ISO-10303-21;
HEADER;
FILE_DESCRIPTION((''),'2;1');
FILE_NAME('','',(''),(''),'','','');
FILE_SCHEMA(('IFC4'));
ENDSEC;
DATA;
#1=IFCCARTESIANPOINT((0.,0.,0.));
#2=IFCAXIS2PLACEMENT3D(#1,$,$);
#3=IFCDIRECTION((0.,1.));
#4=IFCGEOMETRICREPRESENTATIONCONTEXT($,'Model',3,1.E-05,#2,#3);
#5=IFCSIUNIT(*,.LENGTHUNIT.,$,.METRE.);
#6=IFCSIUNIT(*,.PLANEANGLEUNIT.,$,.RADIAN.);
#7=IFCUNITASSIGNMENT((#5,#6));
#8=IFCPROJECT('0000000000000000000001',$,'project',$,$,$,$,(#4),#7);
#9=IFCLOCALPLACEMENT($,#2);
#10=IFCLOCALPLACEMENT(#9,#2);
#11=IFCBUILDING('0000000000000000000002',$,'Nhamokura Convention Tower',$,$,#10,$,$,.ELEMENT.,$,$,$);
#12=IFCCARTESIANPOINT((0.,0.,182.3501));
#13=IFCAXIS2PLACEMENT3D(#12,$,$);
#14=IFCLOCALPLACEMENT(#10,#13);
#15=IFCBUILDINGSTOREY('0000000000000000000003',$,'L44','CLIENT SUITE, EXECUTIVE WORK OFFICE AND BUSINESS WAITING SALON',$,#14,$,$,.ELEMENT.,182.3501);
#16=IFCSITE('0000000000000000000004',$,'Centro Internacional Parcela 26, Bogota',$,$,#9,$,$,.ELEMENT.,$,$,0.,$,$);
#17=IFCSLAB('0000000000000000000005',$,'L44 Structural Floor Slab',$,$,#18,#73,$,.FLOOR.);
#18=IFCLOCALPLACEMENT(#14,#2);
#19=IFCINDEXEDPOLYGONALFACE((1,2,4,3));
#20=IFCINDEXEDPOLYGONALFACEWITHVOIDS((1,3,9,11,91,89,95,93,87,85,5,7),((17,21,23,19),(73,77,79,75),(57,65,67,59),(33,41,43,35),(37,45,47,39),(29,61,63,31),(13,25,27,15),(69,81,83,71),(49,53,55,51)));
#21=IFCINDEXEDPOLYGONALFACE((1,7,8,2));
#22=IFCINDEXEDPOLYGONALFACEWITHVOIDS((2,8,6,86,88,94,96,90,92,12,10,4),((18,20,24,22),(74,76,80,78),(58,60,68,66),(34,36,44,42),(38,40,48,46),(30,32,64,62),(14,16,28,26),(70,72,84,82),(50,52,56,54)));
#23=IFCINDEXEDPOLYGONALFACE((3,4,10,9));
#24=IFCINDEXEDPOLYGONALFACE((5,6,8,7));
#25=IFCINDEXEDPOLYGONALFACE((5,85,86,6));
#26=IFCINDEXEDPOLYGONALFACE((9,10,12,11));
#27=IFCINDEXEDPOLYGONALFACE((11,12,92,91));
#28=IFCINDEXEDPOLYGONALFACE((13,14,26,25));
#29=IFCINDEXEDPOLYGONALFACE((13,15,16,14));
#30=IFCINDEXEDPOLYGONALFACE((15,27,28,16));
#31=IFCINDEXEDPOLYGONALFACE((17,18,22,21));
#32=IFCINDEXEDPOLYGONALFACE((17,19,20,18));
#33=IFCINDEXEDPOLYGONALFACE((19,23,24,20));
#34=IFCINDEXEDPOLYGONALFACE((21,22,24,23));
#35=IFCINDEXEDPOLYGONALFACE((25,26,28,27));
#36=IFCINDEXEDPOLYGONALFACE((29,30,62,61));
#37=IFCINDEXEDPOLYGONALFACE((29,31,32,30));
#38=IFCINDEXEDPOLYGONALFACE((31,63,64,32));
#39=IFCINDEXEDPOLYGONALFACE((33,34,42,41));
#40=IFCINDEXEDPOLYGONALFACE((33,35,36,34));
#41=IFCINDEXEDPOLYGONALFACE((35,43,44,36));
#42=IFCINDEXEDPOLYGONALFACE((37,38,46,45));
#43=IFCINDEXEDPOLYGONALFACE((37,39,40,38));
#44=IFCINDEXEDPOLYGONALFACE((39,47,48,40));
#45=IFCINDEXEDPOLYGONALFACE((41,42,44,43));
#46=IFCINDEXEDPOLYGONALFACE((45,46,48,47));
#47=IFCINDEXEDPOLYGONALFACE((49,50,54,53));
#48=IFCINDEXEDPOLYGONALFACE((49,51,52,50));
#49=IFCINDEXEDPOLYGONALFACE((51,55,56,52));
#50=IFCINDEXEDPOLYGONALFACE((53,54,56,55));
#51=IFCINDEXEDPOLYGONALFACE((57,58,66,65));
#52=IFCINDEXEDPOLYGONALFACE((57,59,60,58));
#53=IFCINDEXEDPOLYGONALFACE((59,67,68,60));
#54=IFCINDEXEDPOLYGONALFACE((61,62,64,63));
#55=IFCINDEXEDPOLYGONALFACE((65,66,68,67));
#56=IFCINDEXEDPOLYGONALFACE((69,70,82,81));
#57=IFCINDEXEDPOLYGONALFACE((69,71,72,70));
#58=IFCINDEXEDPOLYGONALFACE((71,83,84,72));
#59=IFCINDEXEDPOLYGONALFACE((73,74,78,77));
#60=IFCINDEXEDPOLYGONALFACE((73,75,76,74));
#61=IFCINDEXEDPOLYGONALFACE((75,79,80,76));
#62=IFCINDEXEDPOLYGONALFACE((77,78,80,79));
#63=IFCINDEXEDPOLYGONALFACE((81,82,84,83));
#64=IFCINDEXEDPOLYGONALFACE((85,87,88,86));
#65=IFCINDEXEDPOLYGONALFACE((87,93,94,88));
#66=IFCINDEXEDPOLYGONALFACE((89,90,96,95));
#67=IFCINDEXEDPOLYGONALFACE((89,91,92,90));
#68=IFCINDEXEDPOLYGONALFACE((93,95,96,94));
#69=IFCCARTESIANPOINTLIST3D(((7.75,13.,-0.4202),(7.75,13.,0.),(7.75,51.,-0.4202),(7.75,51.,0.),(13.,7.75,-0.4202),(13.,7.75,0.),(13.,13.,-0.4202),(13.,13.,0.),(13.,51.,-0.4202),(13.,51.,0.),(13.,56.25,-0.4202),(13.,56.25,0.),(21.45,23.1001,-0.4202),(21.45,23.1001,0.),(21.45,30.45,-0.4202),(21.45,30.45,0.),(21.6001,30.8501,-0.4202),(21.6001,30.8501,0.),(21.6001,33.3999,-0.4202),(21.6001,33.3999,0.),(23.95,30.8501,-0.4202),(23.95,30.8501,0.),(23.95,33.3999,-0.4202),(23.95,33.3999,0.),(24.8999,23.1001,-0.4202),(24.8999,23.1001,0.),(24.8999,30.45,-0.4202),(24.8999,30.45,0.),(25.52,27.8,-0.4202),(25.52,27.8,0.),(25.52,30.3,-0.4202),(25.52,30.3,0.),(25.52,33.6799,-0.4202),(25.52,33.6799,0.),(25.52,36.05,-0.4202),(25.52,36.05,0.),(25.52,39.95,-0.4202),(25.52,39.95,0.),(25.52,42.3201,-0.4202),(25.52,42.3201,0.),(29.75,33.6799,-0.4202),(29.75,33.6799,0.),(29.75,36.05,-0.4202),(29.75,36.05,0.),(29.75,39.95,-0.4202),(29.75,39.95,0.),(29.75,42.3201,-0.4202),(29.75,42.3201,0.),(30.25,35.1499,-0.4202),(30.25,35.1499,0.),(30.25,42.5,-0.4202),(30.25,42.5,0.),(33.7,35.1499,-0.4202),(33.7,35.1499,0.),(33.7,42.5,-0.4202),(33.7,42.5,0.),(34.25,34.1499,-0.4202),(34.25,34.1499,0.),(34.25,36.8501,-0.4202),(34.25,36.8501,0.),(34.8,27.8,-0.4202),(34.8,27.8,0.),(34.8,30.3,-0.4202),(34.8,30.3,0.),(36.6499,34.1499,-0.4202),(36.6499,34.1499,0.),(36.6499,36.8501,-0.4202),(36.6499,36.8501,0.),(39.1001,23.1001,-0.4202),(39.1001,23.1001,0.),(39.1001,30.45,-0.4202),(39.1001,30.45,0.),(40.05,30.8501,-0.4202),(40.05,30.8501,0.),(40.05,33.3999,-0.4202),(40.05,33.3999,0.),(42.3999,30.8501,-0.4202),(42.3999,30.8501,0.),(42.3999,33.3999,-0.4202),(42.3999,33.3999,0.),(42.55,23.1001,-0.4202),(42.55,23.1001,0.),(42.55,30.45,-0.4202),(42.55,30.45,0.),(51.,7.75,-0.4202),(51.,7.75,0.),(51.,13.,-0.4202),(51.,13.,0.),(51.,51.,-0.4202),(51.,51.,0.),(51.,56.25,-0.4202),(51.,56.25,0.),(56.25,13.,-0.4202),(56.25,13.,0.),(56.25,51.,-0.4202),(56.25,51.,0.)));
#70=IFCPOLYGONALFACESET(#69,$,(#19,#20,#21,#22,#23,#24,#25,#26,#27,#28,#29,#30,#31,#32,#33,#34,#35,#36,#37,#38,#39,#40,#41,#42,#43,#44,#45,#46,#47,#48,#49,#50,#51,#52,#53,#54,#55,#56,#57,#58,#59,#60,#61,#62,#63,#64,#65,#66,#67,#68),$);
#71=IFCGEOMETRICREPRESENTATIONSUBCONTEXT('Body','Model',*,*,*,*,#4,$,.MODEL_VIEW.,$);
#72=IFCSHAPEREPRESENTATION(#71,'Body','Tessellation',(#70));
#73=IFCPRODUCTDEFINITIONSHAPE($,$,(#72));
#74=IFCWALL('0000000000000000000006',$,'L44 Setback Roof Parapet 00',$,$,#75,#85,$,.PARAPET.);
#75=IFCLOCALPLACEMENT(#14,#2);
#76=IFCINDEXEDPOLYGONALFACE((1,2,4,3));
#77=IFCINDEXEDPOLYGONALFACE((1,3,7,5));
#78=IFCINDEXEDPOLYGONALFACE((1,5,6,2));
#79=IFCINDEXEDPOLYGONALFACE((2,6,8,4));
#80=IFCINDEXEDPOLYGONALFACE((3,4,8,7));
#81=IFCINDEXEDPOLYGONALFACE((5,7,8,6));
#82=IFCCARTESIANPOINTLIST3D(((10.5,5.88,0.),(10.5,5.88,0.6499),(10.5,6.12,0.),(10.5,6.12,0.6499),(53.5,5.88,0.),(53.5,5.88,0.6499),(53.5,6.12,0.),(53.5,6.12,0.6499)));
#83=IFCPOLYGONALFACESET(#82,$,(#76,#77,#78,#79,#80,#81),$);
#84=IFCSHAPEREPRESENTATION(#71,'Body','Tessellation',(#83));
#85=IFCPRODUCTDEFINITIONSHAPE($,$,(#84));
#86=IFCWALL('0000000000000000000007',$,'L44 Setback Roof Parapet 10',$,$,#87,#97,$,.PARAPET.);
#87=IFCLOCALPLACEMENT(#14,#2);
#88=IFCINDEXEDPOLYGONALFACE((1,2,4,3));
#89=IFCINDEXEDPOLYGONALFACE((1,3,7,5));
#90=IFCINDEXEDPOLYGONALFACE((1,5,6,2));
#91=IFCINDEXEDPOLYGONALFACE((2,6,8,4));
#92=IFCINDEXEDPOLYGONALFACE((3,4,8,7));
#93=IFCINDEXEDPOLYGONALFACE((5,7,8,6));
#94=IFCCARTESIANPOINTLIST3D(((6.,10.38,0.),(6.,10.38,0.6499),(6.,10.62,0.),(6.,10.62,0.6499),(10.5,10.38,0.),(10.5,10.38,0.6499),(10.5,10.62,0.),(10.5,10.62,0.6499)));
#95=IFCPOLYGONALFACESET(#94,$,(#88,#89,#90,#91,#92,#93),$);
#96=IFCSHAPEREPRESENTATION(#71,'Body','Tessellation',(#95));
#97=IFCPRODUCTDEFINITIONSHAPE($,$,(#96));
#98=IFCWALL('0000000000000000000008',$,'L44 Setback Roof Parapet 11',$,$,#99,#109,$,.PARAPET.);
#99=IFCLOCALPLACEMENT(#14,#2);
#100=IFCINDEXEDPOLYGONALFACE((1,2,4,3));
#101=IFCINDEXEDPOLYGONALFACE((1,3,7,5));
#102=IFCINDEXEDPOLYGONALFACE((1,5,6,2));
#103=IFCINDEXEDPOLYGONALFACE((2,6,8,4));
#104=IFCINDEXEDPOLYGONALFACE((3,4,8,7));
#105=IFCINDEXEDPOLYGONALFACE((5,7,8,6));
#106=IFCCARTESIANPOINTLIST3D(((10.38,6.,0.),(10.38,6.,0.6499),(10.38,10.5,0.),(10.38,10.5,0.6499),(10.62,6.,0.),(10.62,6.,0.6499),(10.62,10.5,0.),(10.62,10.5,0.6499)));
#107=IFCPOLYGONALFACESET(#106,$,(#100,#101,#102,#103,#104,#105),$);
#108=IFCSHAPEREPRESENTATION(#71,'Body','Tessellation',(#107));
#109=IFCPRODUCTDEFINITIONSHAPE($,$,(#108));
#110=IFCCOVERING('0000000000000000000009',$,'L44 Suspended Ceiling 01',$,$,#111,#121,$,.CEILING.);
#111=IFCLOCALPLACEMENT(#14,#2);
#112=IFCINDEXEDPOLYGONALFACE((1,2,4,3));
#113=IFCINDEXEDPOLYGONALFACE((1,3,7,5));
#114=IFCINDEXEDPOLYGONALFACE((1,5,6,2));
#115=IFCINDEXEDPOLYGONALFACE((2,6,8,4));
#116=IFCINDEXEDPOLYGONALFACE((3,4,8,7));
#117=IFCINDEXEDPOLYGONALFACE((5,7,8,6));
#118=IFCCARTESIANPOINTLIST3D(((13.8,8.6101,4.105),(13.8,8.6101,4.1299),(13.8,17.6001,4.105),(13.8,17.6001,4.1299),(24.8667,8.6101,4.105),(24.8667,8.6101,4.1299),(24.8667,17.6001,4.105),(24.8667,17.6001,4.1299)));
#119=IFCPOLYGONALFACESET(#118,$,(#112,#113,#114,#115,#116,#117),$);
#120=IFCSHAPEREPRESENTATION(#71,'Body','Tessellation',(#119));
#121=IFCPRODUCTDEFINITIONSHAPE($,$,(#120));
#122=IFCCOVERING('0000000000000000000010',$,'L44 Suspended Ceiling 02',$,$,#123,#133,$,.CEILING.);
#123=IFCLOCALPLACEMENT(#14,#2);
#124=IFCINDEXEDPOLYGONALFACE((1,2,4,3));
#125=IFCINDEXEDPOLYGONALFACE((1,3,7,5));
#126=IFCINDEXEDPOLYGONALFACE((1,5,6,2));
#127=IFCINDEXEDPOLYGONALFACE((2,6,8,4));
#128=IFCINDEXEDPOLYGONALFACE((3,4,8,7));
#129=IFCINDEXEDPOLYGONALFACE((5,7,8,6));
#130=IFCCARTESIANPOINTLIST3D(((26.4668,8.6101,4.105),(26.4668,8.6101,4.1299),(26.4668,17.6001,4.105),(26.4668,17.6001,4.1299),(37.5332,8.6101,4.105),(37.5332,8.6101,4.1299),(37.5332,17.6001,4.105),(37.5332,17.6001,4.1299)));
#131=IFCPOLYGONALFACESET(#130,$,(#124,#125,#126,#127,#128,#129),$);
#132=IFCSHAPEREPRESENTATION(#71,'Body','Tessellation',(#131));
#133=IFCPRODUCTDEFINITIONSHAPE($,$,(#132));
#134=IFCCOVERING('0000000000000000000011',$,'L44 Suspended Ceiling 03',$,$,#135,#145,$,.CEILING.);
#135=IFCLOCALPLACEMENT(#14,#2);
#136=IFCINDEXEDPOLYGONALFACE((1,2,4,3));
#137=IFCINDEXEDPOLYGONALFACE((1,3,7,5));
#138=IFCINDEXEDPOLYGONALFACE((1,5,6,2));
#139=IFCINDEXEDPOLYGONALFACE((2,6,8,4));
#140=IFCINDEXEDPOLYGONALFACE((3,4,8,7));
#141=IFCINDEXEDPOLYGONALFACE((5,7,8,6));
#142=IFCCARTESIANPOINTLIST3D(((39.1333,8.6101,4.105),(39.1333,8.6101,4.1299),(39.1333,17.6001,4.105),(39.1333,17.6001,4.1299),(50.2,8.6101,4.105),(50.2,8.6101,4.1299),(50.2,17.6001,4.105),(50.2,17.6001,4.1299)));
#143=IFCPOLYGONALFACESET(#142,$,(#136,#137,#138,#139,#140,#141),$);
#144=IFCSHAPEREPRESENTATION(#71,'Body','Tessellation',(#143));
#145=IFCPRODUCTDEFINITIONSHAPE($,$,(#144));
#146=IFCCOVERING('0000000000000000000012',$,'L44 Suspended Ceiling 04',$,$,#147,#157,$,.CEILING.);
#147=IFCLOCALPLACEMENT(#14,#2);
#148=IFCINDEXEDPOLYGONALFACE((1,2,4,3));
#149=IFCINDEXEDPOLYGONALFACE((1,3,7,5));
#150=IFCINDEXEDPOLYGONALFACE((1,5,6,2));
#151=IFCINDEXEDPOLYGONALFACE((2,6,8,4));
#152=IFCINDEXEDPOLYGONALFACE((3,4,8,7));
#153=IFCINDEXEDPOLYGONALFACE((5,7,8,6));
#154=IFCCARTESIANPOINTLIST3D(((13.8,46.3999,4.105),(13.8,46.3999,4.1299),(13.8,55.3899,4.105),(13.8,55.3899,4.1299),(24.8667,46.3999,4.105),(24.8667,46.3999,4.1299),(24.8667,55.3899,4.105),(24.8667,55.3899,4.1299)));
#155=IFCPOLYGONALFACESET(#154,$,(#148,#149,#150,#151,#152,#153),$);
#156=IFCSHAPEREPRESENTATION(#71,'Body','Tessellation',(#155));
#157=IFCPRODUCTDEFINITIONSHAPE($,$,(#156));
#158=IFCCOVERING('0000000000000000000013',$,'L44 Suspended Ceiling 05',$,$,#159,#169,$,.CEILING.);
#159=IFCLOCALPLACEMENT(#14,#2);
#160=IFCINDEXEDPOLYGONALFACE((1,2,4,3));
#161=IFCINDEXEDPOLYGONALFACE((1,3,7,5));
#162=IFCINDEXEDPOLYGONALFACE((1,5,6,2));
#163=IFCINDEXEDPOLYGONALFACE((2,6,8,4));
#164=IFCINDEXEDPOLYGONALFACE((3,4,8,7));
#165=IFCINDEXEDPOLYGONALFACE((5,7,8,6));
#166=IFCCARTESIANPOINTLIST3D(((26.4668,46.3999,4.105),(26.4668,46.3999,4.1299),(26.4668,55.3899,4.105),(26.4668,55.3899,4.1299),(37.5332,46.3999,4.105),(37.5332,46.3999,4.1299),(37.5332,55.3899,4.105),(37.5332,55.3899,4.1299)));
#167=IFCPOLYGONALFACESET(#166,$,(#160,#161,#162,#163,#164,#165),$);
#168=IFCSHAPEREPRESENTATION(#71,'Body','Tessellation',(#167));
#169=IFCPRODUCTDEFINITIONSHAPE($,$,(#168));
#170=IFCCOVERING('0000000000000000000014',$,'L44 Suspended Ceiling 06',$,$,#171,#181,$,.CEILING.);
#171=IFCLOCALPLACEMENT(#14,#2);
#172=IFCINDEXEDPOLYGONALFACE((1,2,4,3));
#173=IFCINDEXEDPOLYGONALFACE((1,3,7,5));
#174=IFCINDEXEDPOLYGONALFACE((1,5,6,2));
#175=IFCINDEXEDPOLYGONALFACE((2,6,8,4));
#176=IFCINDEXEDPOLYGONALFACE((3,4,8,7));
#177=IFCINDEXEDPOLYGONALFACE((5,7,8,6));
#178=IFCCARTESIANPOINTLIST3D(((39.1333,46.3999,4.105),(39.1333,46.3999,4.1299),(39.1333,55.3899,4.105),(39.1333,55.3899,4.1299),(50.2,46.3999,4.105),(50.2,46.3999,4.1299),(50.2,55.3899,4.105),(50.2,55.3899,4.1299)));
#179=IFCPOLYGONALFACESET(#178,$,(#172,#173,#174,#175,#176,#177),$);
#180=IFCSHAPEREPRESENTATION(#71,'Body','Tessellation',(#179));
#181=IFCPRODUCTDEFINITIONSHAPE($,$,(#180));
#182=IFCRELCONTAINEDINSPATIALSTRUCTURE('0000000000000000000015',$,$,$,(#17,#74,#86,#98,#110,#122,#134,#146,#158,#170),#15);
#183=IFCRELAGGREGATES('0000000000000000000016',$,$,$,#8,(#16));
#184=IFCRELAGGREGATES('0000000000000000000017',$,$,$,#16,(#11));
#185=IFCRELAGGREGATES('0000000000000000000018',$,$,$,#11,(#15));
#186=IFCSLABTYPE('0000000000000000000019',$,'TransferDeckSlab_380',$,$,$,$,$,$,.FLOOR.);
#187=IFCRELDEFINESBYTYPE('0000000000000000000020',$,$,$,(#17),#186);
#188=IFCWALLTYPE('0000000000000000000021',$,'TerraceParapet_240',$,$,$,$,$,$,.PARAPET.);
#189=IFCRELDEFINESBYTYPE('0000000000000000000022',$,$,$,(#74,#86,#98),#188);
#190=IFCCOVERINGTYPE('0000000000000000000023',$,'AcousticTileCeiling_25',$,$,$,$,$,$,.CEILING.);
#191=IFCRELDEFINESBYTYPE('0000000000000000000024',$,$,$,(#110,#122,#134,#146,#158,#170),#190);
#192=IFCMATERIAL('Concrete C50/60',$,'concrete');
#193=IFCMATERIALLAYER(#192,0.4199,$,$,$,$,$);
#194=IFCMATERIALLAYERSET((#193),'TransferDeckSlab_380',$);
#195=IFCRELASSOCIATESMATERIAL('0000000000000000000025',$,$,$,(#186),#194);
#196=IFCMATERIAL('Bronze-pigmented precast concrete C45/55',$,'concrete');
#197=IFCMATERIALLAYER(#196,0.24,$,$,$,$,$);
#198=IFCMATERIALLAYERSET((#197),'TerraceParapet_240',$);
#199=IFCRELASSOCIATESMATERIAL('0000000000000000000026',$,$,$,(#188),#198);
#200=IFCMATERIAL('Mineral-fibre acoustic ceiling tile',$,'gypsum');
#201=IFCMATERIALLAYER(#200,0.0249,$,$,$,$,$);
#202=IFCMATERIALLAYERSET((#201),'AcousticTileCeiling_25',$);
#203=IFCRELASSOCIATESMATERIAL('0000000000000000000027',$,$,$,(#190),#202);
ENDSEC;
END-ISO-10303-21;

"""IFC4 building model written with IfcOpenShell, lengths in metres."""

from ifc_helpers import new_model, si_unit, direction, frame, frame_2d, origin, place, context, subcontext, project, spatial, polyline, rectangle, outline, extrude, material, layer, layer_set, type_object, element, save


model = new_model("IFC4")

# Units and contexts
model_context = context("Model", 3, precision=1e-05, world=origin(), true_north=direction((0.0, 1.0)))
body_context = subcontext(model_context, "Body", "Model", "MODEL_VIEW")
ifc_project = project(units=[si_unit("LENGTHUNIT", "METRE"), si_unit("PLANEANGLEUNIT", "RADIAN")], contexts=[model_context])

# Site, building, storey
site_placement = place(None, origin())
site = spatial("IfcSite", under=ifc_project, at=site_placement, Name="Centro Internacional Parcela 26, Bogota", CompositionType="ELEMENT", RefElevation=0.0)
building_placement = place(site_placement, origin())
building = spatial("IfcBuilding", under=site, at=building_placement, Name="Nhamokura Convention Tower", CompositionType="ELEMENT")
storey_placement = place(building_placement, frame((0.0, 0.0, 182.3501)))
storey = spatial("IfcBuildingStorey", under=building, at=storey_placement, Name="L44", Description="CLIENT SUITE, EXECUTIVE WORK OFFICE AND BUSINESS WAITING SALON", CompositionType="ELEMENT", Elevation=182.3501)

# Slab
ifc_material_1 = material(Name="Concrete C50/60", Category="concrete")
ifc_layer_1 = layer(ifc_material_1, 0.4199)
ifc_layer_set_1 = layer_set([ifc_layer_1], Name="TransferDeckSlab_380")
slab_type_1 = type_object("IfcSlabType", Name="TransferDeckSlab_380", PredefinedType="FLOOR", material=ifc_layer_set_1)
slab_1_placement = place(storey_placement, frame((0.0, 0.0, -0.4202)))
element("IfcSlab", 1, at=slab_1_placement, inside=storey, type_object=slab_type_1, Name="L44 Structural Floor Slab", PredefinedType="FLOOR", context=body_context, shape_type="SweptSolid", body=[
    extrude(outline(polyline([(13.0, 7.75), (51.0, 7.75), (51.0, 13.0), (56.25, 13.0), (56.25, 51.0), (51.0, 51.0), (51.0, 56.25), (13.0, 56.25), (13.0, 51.0), (7.75, 51.0), (7.75, 13.0), (13.0, 13.0), (13.0, 7.75)]), holes=[polyline([(24.8999, 23.1001), (24.8999, 30.45), (21.45, 30.45), (21.45, 23.1001), (24.8999, 23.1001)]), polyline([(42.55, 23.1001), (42.55, 30.45), (39.1001, 30.45), (39.1001, 23.1001), (42.55, 23.1001)]), polyline([(33.7, 35.1499), (33.7, 42.5), (30.25, 42.5), (30.25, 35.1499), (33.7, 35.1499)]), polyline([(21.6001, 30.8501), (23.95, 30.8501), (23.95, 33.3999), (21.6001, 33.3999), (21.6001, 30.8501)]), polyline([(40.05, 30.8501), (42.3999, 30.8501), (42.3999, 33.3999), (40.05, 33.3999), (40.05, 30.8501)]), polyline([(34.25, 34.1499), (36.6499, 34.1499), (36.6499, 36.8501), (34.25, 36.8501), (34.25, 34.1499)]), polyline([(25.52, 27.8), (34.8, 27.8), (34.8, 30.3), (25.52, 30.3), (25.52, 27.8)]), polyline([(25.52, 33.6799), (29.75, 33.6799), (29.75, 36.05), (25.52, 36.05), (25.52, 33.6799)]), polyline([(25.52, 39.95), (29.75, 39.95), (29.75, 42.3201), (25.52, 42.3201), (25.52, 39.95)])]), origin(), (0.0, 0.0, 1.0), 0.4202),
])

# Walls
ifc_material_2 = material(Name="Bronze-pigmented precast concrete C45/55", Category="concrete")
ifc_layer_2 = layer(ifc_material_2, 0.24)
ifc_layer_set_2 = layer_set([ifc_layer_2], Name="TerraceParapet_240")
wall_type = type_object("IfcWallType", Name="TerraceParapet_240", PredefinedType="PARAPET", material=ifc_layer_set_2)
wall_placement = place(storey_placement, frame((10.5, 6.0, 0.0), z_axis=(0.0, 0.0, 1.0), x_axis=(1.0, 0.0, 0.0)))
element("IfcWall", 2, at=wall_placement, inside=storey, type_object=wall_type, Name="L44 Setback Roof Parapet 00", PredefinedType="PARAPET", context=body_context, shape_type="SweptSolid", body=[
    extrude(rectangle(XDim=43.0, YDim=0.24, at=frame_2d((21.5, 0.0))), origin(), (0.0, 0.0, 1.0), 0.6499),
])
for number, where, z_axis, x_axis, name in (
    (3, (6.0, 10.5, 0.0), (0.0, 0.0, 1.0), (1.0, 0.0, 0.0), "L44 Setback Roof Parapet 10"),
    (4, (10.5, 10.5, 0.0), (0.0, 0.0, 1.0), (0.0, -1.0, 0.0), "L44 Setback Roof Parapet 11"),
):
    element("IfcWall", number, at=place(storey_placement, frame(where, z_axis=z_axis, x_axis=x_axis)), inside=storey, type_object=wall_type, Name=name, PredefinedType="PARAPET", context=body_context, shape_type="SweptSolid", body=[
        extrude(rectangle(XDim=4.5, YDim=0.24, at=frame_2d((2.25, 0.0))), origin(), (0.0, 0.0, 1.0), 0.6499),
    ])

# Coverings
ifc_material_3 = material(Name="Mineral-fibre acoustic ceiling tile", Category="gypsum")
ifc_layer_3 = layer(ifc_material_3, 0.0249)
ifc_layer_set_3 = layer_set([ifc_layer_3], Name="AcousticTileCeiling_25")
covering_type_1 = type_object("IfcCoveringType", Name="AcousticTileCeiling_25", PredefinedType="CEILING", material=ifc_layer_set_3)
covering_1_placement = place(storey_placement, frame((0.0, 0.0, 4.105)))
element("IfcCovering", 5, at=covering_1_placement, inside=storey, type_object=covering_type_1, Name="L44 Suspended Ceiling 01", PredefinedType="CEILING", context=body_context, shape_type="SweptSolid", body=[
    extrude(outline(polyline([(13.8, 8.6101), (24.8667, 8.6101), (24.8667, 17.6001), (13.8, 17.6001), (13.8, 8.6101)])), origin(), (0.0, 0.0, 1.0), 0.0249),
])
covering_2_placement = place(storey_placement, frame((0.0, 0.0, 4.105)))
element("IfcCovering", 6, at=covering_2_placement, inside=storey, type_object=covering_type_1, Name="L44 Suspended Ceiling 02", PredefinedType="CEILING", context=body_context, shape_type="SweptSolid", body=[
    extrude(outline(polyline([(26.4668, 8.6101), (37.5332, 8.6101), (37.5332, 17.6001), (26.4668, 17.6001), (26.4668, 8.6101)])), origin(), (0.0, 0.0, 1.0), 0.0249),
])
covering_3_placement = place(storey_placement, frame((0.0, 0.0, 4.105)))
element("IfcCovering", 7, at=covering_3_placement, inside=storey, type_object=covering_type_1, Name="L44 Suspended Ceiling 03", PredefinedType="CEILING", context=body_context, shape_type="SweptSolid", body=[
    extrude(outline(polyline([(39.1333, 8.6101), (50.2, 8.6101), (50.2, 17.6001), (39.1333, 17.6001), (39.1333, 8.6101)])), origin(), (0.0, 0.0, 1.0), 0.0249),
])
covering_4_placement = place(storey_placement, frame((0.0, 0.0, 4.105)))
element("IfcCovering", 8, at=covering_4_placement, inside=storey, type_object=covering_type_1, Name="L44 Suspended Ceiling 04", PredefinedType="CEILING", context=body_context, shape_type="SweptSolid", body=[
    extrude(outline(polyline([(13.8, 46.3999), (24.8667, 46.3999), (24.8667, 55.3899), (13.8, 55.3899), (13.8, 46.3999)])), origin(), (0.0, 0.0, 1.0), 0.0249),
])
covering_5_placement = place(storey_placement, frame((0.0, 0.0, 4.105)))
element("IfcCovering", 9, at=covering_5_placement, inside=storey, type_object=covering_type_1, Name="L44 Suspended Ceiling 05", PredefinedType="CEILING", context=body_context, shape_type="SweptSolid", body=[
    extrude(outline(polyline([(26.4668, 46.3999), (37.5332, 46.3999), (37.5332, 55.3899), (26.4668, 55.3899), (26.4668, 46.3999)])), origin(), (0.0, 0.0, 1.0), 0.0249),
])
covering_6_placement = place(storey_placement, frame((0.0, 0.0, 4.105)))
element("IfcCovering", 10, at=covering_6_placement, inside=storey, type_object=covering_type_1, Name="L44 Suspended Ceiling 06", PredefinedType="CEILING", context=body_context, shape_type="SweptSolid", body=[
    extrude(outline(polyline([(39.1333, 46.3999), (50.2, 46.3999), (50.2, 55.3899), (39.1333, 55.3899), (39.1333, 46.3999)])), origin(), (0.0, 0.0, 1.0), 0.0249),
])

save(model, "model.ifc")
